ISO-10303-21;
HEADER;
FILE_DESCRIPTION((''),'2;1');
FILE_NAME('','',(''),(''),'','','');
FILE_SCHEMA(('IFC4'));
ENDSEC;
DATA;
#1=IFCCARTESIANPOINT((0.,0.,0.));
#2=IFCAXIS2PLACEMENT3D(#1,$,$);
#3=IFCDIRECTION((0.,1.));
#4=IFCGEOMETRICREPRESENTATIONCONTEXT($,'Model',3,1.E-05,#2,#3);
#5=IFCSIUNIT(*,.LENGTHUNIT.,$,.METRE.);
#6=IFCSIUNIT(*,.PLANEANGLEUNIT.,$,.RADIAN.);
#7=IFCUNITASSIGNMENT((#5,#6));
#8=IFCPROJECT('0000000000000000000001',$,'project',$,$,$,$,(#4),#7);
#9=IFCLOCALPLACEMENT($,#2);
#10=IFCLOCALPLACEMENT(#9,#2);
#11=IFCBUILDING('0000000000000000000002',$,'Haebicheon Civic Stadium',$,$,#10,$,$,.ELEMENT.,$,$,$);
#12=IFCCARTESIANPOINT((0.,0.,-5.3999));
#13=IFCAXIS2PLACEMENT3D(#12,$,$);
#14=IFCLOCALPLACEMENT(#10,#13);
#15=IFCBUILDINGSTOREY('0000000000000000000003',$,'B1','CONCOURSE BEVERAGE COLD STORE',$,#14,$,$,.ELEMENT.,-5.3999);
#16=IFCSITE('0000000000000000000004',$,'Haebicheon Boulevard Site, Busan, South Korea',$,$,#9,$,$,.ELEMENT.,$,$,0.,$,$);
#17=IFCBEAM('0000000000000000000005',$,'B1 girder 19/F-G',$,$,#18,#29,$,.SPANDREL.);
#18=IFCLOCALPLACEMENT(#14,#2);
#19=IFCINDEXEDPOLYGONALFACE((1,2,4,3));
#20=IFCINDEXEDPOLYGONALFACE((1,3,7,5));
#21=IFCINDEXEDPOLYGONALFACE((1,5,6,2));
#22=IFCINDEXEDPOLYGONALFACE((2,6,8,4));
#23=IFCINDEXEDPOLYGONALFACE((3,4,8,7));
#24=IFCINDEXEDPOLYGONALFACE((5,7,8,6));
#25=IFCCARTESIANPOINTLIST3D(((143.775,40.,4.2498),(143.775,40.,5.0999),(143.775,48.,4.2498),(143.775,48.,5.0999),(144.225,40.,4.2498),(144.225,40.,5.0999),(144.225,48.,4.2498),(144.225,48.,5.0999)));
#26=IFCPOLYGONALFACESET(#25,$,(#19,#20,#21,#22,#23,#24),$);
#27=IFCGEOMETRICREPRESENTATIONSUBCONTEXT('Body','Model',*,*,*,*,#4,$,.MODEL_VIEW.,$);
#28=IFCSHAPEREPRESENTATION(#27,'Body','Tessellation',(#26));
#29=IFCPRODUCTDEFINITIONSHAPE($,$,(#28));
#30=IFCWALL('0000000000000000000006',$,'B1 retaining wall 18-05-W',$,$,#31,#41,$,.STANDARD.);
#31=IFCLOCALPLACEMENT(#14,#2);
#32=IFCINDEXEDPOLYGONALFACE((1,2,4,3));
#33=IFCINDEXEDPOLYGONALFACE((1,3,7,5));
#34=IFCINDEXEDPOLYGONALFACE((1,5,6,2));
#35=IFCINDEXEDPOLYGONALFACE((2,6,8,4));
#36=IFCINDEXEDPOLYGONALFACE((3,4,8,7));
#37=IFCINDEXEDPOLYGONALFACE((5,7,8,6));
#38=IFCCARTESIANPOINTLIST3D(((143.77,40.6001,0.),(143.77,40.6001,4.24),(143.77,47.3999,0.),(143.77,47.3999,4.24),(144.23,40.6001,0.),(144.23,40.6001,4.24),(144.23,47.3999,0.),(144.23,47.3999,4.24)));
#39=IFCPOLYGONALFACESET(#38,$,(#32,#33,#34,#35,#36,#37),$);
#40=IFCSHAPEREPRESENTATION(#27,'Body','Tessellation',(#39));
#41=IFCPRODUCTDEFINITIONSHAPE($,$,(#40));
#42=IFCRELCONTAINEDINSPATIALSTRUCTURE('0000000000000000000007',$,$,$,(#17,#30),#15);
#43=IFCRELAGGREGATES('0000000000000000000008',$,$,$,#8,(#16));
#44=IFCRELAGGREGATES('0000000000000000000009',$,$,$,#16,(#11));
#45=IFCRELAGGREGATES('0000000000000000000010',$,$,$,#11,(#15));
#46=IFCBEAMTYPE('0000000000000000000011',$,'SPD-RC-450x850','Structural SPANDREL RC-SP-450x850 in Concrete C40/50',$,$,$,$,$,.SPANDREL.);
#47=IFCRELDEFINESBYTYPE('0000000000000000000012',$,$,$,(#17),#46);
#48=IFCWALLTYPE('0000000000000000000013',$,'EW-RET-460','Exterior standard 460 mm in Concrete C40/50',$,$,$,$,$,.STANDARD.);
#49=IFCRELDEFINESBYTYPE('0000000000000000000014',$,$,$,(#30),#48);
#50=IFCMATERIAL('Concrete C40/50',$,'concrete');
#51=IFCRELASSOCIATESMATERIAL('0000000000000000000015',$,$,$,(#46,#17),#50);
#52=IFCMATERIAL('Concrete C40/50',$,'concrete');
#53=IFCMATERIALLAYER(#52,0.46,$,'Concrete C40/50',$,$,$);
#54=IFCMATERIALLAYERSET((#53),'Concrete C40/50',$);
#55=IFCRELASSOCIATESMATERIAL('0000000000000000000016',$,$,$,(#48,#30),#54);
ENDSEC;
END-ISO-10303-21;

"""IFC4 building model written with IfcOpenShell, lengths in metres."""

from ifc_helpers import new_model, si_unit, direction, frame, frame_2d, origin, origin_2d, place, context, subcontext, project, spatial, rectangle, extrude, material, layer, layer_set, material_profile, profile_set, type_object, element, save


model = new_model("IFC4")

# Units and contexts
model_context = context("Model", 3, precision=1e-05, world=origin(), true_north=direction((0.0, 1.0)))
body_context = subcontext(model_context, "Body", "Model", "MODEL_VIEW")
ifc_project = project(units=[si_unit("LENGTHUNIT", "METRE"), si_unit("PLANEANGLEUNIT", "RADIAN")], contexts=[model_context])

# Site, building, storey
site_placement = place(None, origin())
site = spatial("IfcSite", under=ifc_project, at=site_placement, Name="Haebicheon Boulevard Site, Busan, South Korea", CompositionType="ELEMENT", RefElevation=0.0)
building_placement = place(site_placement, origin())
building = spatial("IfcBuilding", under=site, at=building_placement, Name="Haebicheon Civic Stadium", CompositionType="ELEMENT")
storey_placement = place(building_placement, frame((0.0, 0.0, -5.3999)))
storey = spatial("IfcBuildingStorey", under=building, at=storey_placement, Name="B1", Description="CONCOURSE BEVERAGE COLD STORE", CompositionType="ELEMENT", Elevation=-5.3999)

# Beam
ifc_material_1 = material(Name="Concrete C40/50", Category="concrete")
ifc_material_profile_1 = material_profile(ifc_material_1, rectangle(XDim=0.45, YDim=0.8501, at=origin_2d()), Name="RC-SP-450x850")
ifc_profile_set_1 = profile_set([ifc_material_profile_1], Name="Concrete C40/50")
beam_type_1 = type_object("IfcBeamType", Name="SPD-RC-450x850", Description="Structural SPANDREL RC-SP-450x850 in Concrete C40/50", PredefinedType="SPANDREL", material=ifc_profile_set_1)
beam_1_placement = place(storey_placement, frame((144.0, 40.0, 4.6748), z_axis=(0.0, 1.0, 0.0), x_axis=(-1.0, 0.0, 0.0)))
element("IfcBeam", 1, at=beam_1_placement, inside=storey, type_object=beam_type_1, material=ifc_profile_set_1, Name="B1 girder 19/F-G", PredefinedType="SPANDREL", context=body_context, shape_type="SweptSolid", body=[
    extrude(rectangle(XDim=0.45, YDim=0.8501, at=origin_2d()), origin(), (0.0, 0.0, 1.0), 8.0),
])

# Wall
ifc_material_2 = material(Name="Concrete C40/50", Category="concrete")
ifc_layer_1 = layer(ifc_material_2, 0.46, Name="Concrete C40/50")
ifc_layer_set_1 = layer_set([ifc_layer_1], Name="Concrete C40/50")
wall_type = type_object("IfcWallType", Name="EW-RET-460", Description="Exterior standard 460 mm in Concrete C40/50", PredefinedType="STANDARD", material=ifc_layer_set_1)
wall_placement = place(storey_placement, frame((144.0, 40.6001, 0.0), z_axis=(0.0, 0.0, 1.0), x_axis=(0.0, 1.0, 0.0)))
element("IfcWall", 2, at=wall_placement, inside=storey, type_object=wall_type, material=ifc_layer_set_1, Name="B1 retaining wall 18-05-W", PredefinedType="STANDARD", context=body_context, shape_type="SweptSolid", body=[
    extrude(rectangle(XDim=6.7998, YDim=0.46, at=frame_2d((3.3999, 0.0))), origin(), (0.0, 0.0, 1.0), 4.24),
])

save(model, "model.ifc")
